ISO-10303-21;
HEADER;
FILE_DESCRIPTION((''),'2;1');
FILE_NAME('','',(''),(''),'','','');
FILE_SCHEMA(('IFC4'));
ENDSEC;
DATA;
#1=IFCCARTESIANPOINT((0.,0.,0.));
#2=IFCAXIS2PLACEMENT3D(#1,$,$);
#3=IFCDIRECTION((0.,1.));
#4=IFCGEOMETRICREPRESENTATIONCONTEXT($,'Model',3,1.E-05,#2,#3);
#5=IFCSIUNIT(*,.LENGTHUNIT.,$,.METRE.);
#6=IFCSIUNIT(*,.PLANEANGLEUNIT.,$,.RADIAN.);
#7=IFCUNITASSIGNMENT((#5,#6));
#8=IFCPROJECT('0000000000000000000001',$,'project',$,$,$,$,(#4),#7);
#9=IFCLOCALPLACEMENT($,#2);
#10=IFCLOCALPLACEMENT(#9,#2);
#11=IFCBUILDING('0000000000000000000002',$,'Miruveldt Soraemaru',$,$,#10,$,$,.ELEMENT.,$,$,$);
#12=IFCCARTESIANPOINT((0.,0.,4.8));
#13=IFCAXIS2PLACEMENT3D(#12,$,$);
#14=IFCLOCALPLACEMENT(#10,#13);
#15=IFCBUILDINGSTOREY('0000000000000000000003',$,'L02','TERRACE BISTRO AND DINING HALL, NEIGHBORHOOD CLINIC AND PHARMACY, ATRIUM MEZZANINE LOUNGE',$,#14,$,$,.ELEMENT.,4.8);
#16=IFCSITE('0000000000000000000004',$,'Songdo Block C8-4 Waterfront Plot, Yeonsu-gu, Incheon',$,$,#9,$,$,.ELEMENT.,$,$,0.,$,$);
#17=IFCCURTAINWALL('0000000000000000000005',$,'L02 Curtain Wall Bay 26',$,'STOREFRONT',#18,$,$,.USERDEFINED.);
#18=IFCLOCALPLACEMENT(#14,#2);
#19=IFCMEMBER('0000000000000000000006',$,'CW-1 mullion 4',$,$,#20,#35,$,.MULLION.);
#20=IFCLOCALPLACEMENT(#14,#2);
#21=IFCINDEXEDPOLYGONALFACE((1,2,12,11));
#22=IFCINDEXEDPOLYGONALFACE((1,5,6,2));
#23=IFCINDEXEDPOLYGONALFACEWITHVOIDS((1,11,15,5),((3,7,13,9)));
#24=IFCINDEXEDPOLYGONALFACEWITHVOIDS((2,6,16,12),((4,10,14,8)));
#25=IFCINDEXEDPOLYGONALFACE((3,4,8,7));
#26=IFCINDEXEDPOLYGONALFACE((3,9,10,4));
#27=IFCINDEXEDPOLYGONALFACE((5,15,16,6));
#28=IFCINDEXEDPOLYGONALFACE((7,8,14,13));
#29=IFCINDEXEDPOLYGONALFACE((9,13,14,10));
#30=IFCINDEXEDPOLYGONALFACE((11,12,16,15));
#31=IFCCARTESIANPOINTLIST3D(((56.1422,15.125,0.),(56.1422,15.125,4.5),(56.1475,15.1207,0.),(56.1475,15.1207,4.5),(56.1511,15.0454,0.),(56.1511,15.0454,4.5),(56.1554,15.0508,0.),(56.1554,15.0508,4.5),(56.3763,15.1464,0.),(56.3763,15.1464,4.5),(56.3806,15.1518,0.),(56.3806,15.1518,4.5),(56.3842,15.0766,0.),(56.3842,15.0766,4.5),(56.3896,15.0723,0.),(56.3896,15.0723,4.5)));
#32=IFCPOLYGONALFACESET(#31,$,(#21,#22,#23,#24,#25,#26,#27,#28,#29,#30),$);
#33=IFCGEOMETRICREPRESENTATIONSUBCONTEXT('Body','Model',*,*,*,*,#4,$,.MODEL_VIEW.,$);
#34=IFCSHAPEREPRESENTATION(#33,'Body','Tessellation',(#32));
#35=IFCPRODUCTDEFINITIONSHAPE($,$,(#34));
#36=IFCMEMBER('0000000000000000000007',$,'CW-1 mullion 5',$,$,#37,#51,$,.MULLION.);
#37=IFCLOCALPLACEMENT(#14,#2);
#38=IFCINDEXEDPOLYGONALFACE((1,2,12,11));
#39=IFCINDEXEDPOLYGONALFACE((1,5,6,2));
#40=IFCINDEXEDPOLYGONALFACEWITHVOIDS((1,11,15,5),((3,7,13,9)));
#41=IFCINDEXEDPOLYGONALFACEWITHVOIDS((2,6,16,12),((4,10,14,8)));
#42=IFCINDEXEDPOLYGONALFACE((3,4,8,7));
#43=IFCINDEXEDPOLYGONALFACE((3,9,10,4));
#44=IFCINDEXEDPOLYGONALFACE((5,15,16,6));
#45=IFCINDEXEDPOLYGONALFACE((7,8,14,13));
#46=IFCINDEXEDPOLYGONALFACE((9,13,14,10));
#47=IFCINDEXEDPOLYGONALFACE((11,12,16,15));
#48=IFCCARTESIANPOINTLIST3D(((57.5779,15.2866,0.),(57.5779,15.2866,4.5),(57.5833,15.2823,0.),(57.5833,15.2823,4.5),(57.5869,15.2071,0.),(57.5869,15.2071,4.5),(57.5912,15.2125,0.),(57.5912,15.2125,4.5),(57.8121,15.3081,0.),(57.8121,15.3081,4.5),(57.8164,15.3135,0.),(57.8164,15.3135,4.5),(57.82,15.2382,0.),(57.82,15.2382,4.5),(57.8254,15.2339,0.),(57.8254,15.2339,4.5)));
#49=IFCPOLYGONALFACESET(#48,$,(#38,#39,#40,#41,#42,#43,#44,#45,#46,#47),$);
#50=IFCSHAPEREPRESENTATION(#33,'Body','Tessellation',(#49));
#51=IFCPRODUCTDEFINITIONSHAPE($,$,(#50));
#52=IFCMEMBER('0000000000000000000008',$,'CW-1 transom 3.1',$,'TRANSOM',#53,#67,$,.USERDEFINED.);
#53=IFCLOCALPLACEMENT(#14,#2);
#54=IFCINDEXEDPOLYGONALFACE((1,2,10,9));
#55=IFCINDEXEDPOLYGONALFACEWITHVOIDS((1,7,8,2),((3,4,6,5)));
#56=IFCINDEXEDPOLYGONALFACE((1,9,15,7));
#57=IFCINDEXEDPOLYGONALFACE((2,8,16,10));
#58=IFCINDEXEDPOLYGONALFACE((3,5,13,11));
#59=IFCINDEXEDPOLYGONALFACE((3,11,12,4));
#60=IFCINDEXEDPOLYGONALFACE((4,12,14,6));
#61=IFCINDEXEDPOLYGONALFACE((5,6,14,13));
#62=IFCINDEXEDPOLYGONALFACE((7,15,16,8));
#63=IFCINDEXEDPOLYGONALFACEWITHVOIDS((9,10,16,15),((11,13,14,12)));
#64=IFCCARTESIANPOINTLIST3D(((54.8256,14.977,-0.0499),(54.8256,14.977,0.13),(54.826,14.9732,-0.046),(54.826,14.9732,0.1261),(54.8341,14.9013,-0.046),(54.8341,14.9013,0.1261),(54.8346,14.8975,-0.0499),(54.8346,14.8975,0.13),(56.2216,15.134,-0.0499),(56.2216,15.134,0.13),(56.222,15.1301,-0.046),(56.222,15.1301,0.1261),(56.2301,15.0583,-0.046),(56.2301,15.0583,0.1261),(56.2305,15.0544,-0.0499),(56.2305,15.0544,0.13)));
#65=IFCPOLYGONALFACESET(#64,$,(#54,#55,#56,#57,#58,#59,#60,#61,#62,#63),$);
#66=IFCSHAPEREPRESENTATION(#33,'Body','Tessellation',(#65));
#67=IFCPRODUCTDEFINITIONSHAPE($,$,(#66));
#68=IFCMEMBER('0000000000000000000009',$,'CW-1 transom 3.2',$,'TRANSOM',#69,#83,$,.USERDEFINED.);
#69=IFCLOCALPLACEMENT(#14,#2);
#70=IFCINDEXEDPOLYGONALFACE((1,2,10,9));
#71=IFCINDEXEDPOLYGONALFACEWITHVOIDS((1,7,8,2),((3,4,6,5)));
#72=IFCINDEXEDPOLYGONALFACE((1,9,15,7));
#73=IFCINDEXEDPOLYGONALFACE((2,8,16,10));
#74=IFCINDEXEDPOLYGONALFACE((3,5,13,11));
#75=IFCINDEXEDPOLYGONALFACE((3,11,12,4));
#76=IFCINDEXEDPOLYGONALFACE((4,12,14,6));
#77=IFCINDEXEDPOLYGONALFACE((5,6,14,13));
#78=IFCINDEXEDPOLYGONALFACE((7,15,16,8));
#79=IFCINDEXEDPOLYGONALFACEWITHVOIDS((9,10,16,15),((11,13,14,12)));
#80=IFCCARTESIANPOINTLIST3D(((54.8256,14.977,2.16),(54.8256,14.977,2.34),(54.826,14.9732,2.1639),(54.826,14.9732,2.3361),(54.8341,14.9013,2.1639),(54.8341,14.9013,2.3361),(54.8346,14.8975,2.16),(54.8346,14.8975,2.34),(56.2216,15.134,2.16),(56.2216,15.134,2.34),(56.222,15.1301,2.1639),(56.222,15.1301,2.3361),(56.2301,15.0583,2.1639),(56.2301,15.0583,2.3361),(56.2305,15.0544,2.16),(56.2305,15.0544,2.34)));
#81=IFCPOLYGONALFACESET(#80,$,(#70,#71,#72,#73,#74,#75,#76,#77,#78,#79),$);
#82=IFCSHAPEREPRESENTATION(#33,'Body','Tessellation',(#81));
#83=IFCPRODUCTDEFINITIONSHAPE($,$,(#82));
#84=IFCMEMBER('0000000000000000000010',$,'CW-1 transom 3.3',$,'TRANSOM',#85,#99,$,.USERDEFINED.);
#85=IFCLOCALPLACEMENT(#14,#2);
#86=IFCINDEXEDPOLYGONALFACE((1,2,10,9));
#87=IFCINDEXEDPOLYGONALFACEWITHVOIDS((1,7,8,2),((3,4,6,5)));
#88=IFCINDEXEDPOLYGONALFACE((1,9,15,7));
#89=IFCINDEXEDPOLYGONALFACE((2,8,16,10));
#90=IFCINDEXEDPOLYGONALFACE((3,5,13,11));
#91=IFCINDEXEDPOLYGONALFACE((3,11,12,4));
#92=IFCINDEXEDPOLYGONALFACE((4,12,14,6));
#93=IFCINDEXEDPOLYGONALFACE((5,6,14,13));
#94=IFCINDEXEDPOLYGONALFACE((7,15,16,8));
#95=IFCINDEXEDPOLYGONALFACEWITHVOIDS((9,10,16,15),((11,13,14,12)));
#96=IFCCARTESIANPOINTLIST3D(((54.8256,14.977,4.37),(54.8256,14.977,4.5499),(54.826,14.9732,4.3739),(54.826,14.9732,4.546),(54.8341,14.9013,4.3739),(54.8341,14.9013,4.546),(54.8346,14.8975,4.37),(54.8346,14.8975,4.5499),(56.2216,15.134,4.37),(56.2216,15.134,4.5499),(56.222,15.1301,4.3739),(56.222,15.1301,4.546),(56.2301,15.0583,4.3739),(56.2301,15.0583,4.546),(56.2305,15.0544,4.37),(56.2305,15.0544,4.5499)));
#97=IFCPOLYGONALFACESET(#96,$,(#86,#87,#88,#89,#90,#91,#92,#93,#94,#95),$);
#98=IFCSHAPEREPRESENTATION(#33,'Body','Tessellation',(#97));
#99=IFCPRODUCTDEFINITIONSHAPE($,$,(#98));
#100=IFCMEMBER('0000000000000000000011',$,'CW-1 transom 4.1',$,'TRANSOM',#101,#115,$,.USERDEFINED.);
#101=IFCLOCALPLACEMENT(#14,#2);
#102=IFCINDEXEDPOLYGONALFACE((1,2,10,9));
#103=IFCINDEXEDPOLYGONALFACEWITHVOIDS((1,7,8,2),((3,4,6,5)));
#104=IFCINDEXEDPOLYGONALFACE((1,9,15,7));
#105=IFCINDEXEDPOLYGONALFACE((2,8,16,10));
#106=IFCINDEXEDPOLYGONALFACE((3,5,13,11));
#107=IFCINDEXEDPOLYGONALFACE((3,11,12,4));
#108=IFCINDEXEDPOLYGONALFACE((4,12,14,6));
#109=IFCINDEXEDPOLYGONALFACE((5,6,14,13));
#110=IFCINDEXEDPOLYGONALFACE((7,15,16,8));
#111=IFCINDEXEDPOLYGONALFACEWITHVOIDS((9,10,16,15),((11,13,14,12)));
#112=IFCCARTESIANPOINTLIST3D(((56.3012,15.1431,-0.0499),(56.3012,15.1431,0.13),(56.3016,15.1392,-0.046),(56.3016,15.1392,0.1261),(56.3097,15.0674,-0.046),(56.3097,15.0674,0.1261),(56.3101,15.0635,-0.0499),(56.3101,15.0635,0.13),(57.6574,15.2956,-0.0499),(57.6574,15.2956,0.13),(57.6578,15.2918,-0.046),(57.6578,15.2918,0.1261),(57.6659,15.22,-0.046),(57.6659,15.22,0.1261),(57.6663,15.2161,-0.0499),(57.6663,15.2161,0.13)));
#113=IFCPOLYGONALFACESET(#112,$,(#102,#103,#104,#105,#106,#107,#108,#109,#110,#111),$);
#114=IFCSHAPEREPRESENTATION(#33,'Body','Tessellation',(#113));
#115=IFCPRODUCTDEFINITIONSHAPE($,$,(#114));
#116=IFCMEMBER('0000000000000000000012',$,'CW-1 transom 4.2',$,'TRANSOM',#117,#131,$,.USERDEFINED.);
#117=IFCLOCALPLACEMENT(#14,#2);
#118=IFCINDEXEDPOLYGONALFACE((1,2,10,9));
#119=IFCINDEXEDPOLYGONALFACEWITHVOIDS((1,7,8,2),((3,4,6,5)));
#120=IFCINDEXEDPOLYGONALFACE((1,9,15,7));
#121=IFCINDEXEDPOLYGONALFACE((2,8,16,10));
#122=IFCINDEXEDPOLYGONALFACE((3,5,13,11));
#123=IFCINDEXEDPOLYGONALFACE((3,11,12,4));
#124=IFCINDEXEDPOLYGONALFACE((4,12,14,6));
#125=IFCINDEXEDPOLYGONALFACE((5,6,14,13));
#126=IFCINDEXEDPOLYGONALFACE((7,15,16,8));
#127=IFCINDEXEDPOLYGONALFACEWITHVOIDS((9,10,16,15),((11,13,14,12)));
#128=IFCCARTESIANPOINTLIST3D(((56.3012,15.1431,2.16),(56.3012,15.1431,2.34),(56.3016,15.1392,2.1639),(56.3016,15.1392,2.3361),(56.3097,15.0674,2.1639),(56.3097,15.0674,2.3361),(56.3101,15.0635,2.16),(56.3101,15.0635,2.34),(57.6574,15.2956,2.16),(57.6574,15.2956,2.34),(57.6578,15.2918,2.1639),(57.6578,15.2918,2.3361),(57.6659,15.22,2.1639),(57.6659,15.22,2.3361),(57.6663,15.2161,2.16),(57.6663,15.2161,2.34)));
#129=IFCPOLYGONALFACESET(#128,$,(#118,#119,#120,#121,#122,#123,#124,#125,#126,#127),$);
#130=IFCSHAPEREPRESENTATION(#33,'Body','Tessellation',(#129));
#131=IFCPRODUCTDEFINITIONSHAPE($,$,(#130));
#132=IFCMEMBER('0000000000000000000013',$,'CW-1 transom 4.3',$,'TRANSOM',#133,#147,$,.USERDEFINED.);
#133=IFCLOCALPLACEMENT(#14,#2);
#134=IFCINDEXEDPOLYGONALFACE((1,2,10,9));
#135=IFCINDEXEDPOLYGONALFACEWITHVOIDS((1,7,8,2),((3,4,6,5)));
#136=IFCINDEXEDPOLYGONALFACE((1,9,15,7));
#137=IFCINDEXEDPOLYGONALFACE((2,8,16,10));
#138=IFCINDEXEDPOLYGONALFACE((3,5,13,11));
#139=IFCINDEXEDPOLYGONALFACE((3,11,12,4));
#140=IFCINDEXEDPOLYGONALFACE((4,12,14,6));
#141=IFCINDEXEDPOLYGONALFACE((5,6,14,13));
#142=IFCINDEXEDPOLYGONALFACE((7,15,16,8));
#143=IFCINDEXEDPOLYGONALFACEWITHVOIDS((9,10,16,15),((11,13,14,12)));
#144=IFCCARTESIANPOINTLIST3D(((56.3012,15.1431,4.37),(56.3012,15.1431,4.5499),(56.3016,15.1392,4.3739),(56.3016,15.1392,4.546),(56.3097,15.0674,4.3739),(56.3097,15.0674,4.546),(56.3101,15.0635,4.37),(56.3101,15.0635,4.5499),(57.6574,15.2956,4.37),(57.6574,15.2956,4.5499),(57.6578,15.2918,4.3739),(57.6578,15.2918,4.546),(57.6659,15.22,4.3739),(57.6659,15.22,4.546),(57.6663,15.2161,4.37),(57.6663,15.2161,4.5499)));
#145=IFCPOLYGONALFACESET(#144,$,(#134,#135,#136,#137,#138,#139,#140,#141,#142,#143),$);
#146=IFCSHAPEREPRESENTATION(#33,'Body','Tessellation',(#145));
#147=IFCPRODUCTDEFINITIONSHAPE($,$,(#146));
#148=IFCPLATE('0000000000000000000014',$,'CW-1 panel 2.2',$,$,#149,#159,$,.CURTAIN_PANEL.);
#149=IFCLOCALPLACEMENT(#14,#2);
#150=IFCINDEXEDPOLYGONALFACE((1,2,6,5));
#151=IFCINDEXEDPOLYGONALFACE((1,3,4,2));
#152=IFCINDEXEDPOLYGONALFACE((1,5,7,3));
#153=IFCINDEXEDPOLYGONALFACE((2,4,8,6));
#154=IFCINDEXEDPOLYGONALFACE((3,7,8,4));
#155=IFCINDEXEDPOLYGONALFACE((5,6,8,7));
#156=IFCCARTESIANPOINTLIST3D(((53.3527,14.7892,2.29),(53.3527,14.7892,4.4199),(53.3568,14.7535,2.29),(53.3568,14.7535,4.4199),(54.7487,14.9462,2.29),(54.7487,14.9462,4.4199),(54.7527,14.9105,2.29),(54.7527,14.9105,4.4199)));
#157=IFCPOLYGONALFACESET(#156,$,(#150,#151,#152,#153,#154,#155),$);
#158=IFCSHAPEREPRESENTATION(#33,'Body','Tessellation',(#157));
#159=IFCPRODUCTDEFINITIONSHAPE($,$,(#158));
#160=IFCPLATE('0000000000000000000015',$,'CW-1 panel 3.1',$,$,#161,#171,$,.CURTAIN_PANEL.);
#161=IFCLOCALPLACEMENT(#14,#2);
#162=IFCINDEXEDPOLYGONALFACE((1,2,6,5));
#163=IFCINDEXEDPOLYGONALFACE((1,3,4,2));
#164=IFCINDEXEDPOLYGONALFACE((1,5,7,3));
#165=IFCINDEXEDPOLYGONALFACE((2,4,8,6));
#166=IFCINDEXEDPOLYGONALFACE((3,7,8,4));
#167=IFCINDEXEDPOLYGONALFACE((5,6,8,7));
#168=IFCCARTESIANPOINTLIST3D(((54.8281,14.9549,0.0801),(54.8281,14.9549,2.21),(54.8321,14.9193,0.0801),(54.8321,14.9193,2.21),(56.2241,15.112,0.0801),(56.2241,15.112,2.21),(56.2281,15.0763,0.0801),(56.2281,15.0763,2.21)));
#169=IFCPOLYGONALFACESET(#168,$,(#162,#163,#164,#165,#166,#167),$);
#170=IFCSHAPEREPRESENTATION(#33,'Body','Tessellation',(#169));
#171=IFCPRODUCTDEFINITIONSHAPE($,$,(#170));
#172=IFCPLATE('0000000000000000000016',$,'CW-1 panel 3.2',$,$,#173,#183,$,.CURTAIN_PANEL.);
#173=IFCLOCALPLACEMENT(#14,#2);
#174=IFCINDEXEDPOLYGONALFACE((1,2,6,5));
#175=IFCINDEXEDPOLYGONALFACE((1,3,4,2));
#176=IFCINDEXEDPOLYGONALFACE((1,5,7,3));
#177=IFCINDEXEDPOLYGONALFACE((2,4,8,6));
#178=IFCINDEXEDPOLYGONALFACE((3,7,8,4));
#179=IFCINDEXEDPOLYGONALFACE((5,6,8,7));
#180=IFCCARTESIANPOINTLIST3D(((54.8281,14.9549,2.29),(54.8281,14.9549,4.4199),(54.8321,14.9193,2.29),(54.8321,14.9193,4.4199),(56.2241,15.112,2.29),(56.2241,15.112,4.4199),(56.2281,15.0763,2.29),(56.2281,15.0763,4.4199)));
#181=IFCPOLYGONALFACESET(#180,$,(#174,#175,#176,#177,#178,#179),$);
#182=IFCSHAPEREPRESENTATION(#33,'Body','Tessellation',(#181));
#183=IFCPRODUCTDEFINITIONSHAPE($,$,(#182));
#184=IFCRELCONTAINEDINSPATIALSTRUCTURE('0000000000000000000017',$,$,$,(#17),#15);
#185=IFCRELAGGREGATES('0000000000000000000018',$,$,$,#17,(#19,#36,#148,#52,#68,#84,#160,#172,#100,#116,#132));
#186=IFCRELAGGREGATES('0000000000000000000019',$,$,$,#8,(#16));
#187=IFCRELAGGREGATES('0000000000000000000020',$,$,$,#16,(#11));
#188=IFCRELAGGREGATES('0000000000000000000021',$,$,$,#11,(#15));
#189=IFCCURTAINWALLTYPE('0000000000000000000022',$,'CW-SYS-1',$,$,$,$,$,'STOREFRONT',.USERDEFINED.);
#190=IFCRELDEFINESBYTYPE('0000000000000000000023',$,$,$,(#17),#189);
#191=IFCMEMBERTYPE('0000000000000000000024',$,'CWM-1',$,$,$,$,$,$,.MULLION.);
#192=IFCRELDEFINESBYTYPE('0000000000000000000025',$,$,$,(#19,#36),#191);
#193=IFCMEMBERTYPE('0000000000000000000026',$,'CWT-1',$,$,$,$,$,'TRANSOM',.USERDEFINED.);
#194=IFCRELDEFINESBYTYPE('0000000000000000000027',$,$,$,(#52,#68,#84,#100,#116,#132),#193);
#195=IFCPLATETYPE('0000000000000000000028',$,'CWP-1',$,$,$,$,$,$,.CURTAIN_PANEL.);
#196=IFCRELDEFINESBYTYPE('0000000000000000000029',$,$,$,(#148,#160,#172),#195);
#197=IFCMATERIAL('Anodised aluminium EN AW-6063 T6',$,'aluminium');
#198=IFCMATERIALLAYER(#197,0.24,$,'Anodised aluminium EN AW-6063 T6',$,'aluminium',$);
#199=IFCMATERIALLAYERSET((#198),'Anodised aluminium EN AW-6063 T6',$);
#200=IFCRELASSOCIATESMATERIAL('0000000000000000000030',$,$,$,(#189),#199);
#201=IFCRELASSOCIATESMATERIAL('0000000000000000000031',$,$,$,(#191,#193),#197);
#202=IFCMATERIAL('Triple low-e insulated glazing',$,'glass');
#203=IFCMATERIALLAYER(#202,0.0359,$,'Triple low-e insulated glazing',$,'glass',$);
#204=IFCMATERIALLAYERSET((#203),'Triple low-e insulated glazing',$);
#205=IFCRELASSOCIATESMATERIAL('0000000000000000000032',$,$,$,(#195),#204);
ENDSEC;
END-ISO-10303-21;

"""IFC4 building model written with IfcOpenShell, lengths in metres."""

from ifc_helpers import new_model, si_unit, direction, frame, origin, origin_2d, place, context, subcontext, project, spatial, rectangle, hollow_rectangle, extrude, material, layer, layer_set, material_profile, profile_set, type_object, element, aggregate, save


model = new_model("IFC4")

# Units and contexts
model_context = context("Model", 3, precision=1e-05, world=origin(), true_north=direction((0.0, 1.0)))
body_context = subcontext(model_context, "Body", "Model", "MODEL_VIEW")
ifc_project = project(units=[si_unit("LENGTHUNIT", "METRE"), si_unit("PLANEANGLEUNIT", "RADIAN")], contexts=[model_context])

# Site, building, storey
site_placement = place(None, origin())
site = spatial("IfcSite", under=ifc_project, at=site_placement, Name="Songdo Block C8-4 Waterfront Plot, Yeonsu-gu, Incheon", CompositionType="ELEMENT", RefElevation=0.0)
building_placement = place(site_placement, origin())
building = spatial("IfcBuilding", under=site, at=building_placement, Name="Miruveldt Soraemaru", CompositionType="ELEMENT")
storey_placement = place(building_placement, frame((0.0, 0.0, 4.8)))
storey = spatial("IfcBuildingStorey", under=building, at=storey_placement, Name="L02", Description="TERRACE BISTRO AND DINING HALL, NEIGHBORHOOD CLINIC AND PHARMACY, ATRIUM MEZZANINE LOUNGE", CompositionType="ELEMENT", Elevation=4.8)

# Curtain wall, members, plates
ifc_material_1 = material(Name="Anodised aluminium EN AW-6063 T6", Category="aluminium")
ifc_layer_1 = layer(ifc_material_1, 0.24, Name="Anodised aluminium EN AW-6063 T6", Category="aluminium")
ifc_layer_set_1 = layer_set([ifc_layer_1], Name="Anodised aluminium EN AW-6063 T6")
curtain_wall_type = type_object("IfcCurtainWallType", Name="CW-SYS-1", ElementType="STOREFRONT", PredefinedType="USERDEFINED", material=ifc_layer_set_1)
curtain_wall_placement = place(storey_placement, origin())
curtain_wall = element("IfcCurtainWall", 1, at=curtain_wall_placement, inside=storey, type_object=curtain_wall_type, Name="L02 Curtain Wall Bay 26", ObjectType="STOREFRONT", PredefinedType="USERDEFINED")
ifc_material_profile_1 = material_profile(ifc_material_1, hollow_rectangle(XDim=0.0801, YDim=0.24, WallThickness=0.0049, at=origin_2d()), Name="Anodised aluminium EN AW-6063 T6", Category="aluminium")
ifc_profile_set_1 = profile_set([ifc_material_profile_1], Name="Anodised aluminium EN AW-6063 T6")
member_type_1 = type_object("IfcMemberType", Name="CWM-1", PredefinedType="MULLION", material=ifc_profile_set_1)
member_1_placement = place(storey_placement, frame((56.2659, 15.0986, 0.0), z_axis=(0.0, 0.0, 1.0), x_axis=(-0.111786, 0.993732, 0.0)))
member_1 = element("IfcMember", 2, at=member_1_placement, type_object=member_type_1, Name="CW-1 mullion 4", PredefinedType="MULLION", context=body_context, shape_type="SweptSolid", body=[
    extrude(hollow_rectangle(XDim=0.0801, YDim=0.24, WallThickness=0.0049, at=origin_2d()), origin(), (0.0, 0.0, 1.0), 4.5),
])
member_2_placement = place(storey_placement, frame((57.7017, 15.2603, 0.0), z_axis=(0.0, 0.0, 1.0), x_axis=(-0.111786, 0.993732, 0.0)))
member_2 = element("IfcMember", 3, at=member_2_placement, type_object=member_type_1, Name="CW-1 mullion 5", PredefinedType="MULLION", context=body_context, shape_type="SweptSolid", body=[
    extrude(hollow_rectangle(XDim=0.0801, YDim=0.24, WallThickness=0.0049, at=origin_2d()), origin(), (0.0, 0.0, 1.0), 4.5),
])
ifc_material_profile_2 = material_profile(ifc_material_1, hollow_rectangle(XDim=0.0801, YDim=0.1799, WallThickness=0.0039, at=origin_2d()), Name="Anodised aluminium EN AW-6063 T6", Category="aluminium")
ifc_profile_set_2 = profile_set([ifc_material_profile_2], Name="Anodised aluminium EN AW-6063 T6")
member_type_2 = type_object("IfcMemberType", Name="CWT-1", ElementType="TRANSOM", PredefinedType="USERDEFINED", material=ifc_profile_set_2)
member_3_placement = place(storey_placement, frame((54.8301, 14.9373, 0.04), z_axis=(0.993737, 0.111748, 0.0), x_axis=(-0.111748, 0.993737, 0.0)))
member_3 = element("IfcMember", 4, at=member_3_placement, type_object=member_type_2, Name="CW-1 transom 3.1", ObjectType="TRANSOM", PredefinedType="USERDEFINED", context=body_context, shape_type="SweptSolid", body=[
    extrude(hollow_rectangle(XDim=0.0801, YDim=0.1799, WallThickness=0.0039, at=origin_2d()), origin(), (0.0, 0.0, 1.0), 1.4048),
])
member_4_placement = place(storey_placement, frame((54.8301, 14.9373, 2.25), z_axis=(0.993737, 0.111748, 0.0), x_axis=(-0.111748, 0.993737, 0.0)))
member_4 = element("IfcMember", 5, at=member_4_placement, type_object=member_type_2, Name="CW-1 transom 3.2", ObjectType="TRANSOM", PredefinedType="USERDEFINED", context=body_context, shape_type="SweptSolid", body=[
    extrude(hollow_rectangle(XDim=0.0801, YDim=0.1799, WallThickness=0.0039, at=origin_2d()), origin(), (0.0, 0.0, 1.0), 1.4048),
])
member_5_placement = place(storey_placement, frame((54.8301, 14.9373, 4.46), z_axis=(0.993737, 0.111748, 0.0), x_axis=(-0.111748, 0.993737, 0.0)))
member_5 = element("IfcMember", 6, at=member_5_placement, type_object=member_type_2, Name="CW-1 transom 3.3", ObjectType="TRANSOM", PredefinedType="USERDEFINED", context=body_context, shape_type="SweptSolid", body=[
    extrude(hollow_rectangle(XDim=0.0801, YDim=0.1799, WallThickness=0.0039, at=origin_2d()), origin(), (0.0, 0.0, 1.0), 1.4048),
])
member_6_placement = place(storey_placement, frame((56.3057, 15.1033, 0.04), z_axis=(0.99373, 0.111806, 0.0), x_axis=(-0.111806, 0.99373, 0.0)))
member_6 = element("IfcMember", 7, at=member_6_placement, type_object=member_type_2, Name="CW-1 transom 4.1", ObjectType="TRANSOM", PredefinedType="USERDEFINED", context=body_context, shape_type="SweptSolid", body=[
    extrude(hollow_rectangle(XDim=0.0801, YDim=0.1799, WallThickness=0.0039, at=origin_2d()), origin(), (0.0, 0.0, 1.0), 1.3647),
])
member_7_placement = place(storey_placement, frame((56.3057, 15.1033, 2.25), z_axis=(0.99373, 0.111806, 0.0), x_axis=(-0.111806, 0.99373, 0.0)))
member_7 = element("IfcMember", 8, at=member_7_placement, type_object=member_type_2, Name="CW-1 transom 4.2", ObjectType="TRANSOM", PredefinedType="USERDEFINED", context=body_context, shape_type="SweptSolid", body=[
    extrude(hollow_rectangle(XDim=0.0801, YDim=0.1799, WallThickness=0.0039, at=origin_2d()), origin(), (0.0, 0.0, 1.0), 1.3647),
])
member_8_placement = place(storey_placement, frame((56.3057, 15.1033, 4.46), z_axis=(0.99373, 0.111806, 0.0), x_axis=(-0.111806, 0.99373, 0.0)))
member_8 = element("IfcMember", 9, at=member_8_placement, type_object=member_type_2, Name="CW-1 transom 4.3", ObjectType="TRANSOM", PredefinedType="USERDEFINED", context=body_context, shape_type="SweptSolid", body=[
    extrude(hollow_rectangle(XDim=0.0801, YDim=0.1799, WallThickness=0.0039, at=origin_2d()), origin(), (0.0, 0.0, 1.0), 1.3647),
])
ifc_material_2 = material(Name="Triple low-e insulated glazing", Category="glass")
ifc_layer_2 = layer(ifc_material_2, 0.0359, Name="Triple low-e insulated glazing", Category="glass")
ifc_layer_set_2 = layer_set([ifc_layer_2], Name="Triple low-e insulated glazing")
plate_type = type_object("IfcPlateType", Name="CWP-1", PredefinedType="CURTAIN_PANEL", material=ifc_layer_set_2)
plate_1_placement = place(storey_placement, frame((54.0527, 14.8499, 2.29), z_axis=(0.0, 0.0, 1.0), x_axis=(0.993732, 0.111786, 0.0)))
plate_1 = element("IfcPlate", 10, at=plate_1_placement, type_object=plate_type, Name="CW-1 panel 2.2", PredefinedType="CURTAIN_PANEL", context=body_context, shape_type="SweptSolid", body=[
    extrude(rectangle(XDim=1.4048, YDim=0.0359, at=origin_2d()), origin(), (0.0, 0.0, 1.0), 2.1299),
])
plate_2_placement = place(storey_placement, frame((55.5281, 15.0156, 0.0801), z_axis=(0.0, 0.0, 1.0), x_axis=(0.993732, 0.111786, 0.0)))
plate_2 = element("IfcPlate", 11, at=plate_2_placement, type_object=plate_type, Name="CW-1 panel 3.1", PredefinedType="CURTAIN_PANEL", context=body_context, shape_type="SweptSolid", body=[
    extrude(rectangle(XDim=1.4048, YDim=0.0359, at=origin_2d()), origin(), (0.0, 0.0, 1.0), 2.1299),
])
plate_3_placement = place(storey_placement, frame((55.5281, 15.0156, 2.29), z_axis=(0.0, 0.0, 1.0), x_axis=(0.993732, 0.111786, 0.0)))
plate_3 = element("IfcPlate", 12, at=plate_3_placement, type_object=plate_type, Name="CW-1 panel 3.2", PredefinedType="CURTAIN_PANEL", context=body_context, shape_type="SweptSolid", body=[
    extrude(rectangle(XDim=1.4048, YDim=0.0359, at=origin_2d()), origin(), (0.0, 0.0, 1.0), 2.1299),
])
aggregate(curtain_wall, [member_1, member_2, plate_1, member_3, member_4, member_5, plate_2, plate_3, member_6, member_7, member_8])

save(model, "model.ifc")
